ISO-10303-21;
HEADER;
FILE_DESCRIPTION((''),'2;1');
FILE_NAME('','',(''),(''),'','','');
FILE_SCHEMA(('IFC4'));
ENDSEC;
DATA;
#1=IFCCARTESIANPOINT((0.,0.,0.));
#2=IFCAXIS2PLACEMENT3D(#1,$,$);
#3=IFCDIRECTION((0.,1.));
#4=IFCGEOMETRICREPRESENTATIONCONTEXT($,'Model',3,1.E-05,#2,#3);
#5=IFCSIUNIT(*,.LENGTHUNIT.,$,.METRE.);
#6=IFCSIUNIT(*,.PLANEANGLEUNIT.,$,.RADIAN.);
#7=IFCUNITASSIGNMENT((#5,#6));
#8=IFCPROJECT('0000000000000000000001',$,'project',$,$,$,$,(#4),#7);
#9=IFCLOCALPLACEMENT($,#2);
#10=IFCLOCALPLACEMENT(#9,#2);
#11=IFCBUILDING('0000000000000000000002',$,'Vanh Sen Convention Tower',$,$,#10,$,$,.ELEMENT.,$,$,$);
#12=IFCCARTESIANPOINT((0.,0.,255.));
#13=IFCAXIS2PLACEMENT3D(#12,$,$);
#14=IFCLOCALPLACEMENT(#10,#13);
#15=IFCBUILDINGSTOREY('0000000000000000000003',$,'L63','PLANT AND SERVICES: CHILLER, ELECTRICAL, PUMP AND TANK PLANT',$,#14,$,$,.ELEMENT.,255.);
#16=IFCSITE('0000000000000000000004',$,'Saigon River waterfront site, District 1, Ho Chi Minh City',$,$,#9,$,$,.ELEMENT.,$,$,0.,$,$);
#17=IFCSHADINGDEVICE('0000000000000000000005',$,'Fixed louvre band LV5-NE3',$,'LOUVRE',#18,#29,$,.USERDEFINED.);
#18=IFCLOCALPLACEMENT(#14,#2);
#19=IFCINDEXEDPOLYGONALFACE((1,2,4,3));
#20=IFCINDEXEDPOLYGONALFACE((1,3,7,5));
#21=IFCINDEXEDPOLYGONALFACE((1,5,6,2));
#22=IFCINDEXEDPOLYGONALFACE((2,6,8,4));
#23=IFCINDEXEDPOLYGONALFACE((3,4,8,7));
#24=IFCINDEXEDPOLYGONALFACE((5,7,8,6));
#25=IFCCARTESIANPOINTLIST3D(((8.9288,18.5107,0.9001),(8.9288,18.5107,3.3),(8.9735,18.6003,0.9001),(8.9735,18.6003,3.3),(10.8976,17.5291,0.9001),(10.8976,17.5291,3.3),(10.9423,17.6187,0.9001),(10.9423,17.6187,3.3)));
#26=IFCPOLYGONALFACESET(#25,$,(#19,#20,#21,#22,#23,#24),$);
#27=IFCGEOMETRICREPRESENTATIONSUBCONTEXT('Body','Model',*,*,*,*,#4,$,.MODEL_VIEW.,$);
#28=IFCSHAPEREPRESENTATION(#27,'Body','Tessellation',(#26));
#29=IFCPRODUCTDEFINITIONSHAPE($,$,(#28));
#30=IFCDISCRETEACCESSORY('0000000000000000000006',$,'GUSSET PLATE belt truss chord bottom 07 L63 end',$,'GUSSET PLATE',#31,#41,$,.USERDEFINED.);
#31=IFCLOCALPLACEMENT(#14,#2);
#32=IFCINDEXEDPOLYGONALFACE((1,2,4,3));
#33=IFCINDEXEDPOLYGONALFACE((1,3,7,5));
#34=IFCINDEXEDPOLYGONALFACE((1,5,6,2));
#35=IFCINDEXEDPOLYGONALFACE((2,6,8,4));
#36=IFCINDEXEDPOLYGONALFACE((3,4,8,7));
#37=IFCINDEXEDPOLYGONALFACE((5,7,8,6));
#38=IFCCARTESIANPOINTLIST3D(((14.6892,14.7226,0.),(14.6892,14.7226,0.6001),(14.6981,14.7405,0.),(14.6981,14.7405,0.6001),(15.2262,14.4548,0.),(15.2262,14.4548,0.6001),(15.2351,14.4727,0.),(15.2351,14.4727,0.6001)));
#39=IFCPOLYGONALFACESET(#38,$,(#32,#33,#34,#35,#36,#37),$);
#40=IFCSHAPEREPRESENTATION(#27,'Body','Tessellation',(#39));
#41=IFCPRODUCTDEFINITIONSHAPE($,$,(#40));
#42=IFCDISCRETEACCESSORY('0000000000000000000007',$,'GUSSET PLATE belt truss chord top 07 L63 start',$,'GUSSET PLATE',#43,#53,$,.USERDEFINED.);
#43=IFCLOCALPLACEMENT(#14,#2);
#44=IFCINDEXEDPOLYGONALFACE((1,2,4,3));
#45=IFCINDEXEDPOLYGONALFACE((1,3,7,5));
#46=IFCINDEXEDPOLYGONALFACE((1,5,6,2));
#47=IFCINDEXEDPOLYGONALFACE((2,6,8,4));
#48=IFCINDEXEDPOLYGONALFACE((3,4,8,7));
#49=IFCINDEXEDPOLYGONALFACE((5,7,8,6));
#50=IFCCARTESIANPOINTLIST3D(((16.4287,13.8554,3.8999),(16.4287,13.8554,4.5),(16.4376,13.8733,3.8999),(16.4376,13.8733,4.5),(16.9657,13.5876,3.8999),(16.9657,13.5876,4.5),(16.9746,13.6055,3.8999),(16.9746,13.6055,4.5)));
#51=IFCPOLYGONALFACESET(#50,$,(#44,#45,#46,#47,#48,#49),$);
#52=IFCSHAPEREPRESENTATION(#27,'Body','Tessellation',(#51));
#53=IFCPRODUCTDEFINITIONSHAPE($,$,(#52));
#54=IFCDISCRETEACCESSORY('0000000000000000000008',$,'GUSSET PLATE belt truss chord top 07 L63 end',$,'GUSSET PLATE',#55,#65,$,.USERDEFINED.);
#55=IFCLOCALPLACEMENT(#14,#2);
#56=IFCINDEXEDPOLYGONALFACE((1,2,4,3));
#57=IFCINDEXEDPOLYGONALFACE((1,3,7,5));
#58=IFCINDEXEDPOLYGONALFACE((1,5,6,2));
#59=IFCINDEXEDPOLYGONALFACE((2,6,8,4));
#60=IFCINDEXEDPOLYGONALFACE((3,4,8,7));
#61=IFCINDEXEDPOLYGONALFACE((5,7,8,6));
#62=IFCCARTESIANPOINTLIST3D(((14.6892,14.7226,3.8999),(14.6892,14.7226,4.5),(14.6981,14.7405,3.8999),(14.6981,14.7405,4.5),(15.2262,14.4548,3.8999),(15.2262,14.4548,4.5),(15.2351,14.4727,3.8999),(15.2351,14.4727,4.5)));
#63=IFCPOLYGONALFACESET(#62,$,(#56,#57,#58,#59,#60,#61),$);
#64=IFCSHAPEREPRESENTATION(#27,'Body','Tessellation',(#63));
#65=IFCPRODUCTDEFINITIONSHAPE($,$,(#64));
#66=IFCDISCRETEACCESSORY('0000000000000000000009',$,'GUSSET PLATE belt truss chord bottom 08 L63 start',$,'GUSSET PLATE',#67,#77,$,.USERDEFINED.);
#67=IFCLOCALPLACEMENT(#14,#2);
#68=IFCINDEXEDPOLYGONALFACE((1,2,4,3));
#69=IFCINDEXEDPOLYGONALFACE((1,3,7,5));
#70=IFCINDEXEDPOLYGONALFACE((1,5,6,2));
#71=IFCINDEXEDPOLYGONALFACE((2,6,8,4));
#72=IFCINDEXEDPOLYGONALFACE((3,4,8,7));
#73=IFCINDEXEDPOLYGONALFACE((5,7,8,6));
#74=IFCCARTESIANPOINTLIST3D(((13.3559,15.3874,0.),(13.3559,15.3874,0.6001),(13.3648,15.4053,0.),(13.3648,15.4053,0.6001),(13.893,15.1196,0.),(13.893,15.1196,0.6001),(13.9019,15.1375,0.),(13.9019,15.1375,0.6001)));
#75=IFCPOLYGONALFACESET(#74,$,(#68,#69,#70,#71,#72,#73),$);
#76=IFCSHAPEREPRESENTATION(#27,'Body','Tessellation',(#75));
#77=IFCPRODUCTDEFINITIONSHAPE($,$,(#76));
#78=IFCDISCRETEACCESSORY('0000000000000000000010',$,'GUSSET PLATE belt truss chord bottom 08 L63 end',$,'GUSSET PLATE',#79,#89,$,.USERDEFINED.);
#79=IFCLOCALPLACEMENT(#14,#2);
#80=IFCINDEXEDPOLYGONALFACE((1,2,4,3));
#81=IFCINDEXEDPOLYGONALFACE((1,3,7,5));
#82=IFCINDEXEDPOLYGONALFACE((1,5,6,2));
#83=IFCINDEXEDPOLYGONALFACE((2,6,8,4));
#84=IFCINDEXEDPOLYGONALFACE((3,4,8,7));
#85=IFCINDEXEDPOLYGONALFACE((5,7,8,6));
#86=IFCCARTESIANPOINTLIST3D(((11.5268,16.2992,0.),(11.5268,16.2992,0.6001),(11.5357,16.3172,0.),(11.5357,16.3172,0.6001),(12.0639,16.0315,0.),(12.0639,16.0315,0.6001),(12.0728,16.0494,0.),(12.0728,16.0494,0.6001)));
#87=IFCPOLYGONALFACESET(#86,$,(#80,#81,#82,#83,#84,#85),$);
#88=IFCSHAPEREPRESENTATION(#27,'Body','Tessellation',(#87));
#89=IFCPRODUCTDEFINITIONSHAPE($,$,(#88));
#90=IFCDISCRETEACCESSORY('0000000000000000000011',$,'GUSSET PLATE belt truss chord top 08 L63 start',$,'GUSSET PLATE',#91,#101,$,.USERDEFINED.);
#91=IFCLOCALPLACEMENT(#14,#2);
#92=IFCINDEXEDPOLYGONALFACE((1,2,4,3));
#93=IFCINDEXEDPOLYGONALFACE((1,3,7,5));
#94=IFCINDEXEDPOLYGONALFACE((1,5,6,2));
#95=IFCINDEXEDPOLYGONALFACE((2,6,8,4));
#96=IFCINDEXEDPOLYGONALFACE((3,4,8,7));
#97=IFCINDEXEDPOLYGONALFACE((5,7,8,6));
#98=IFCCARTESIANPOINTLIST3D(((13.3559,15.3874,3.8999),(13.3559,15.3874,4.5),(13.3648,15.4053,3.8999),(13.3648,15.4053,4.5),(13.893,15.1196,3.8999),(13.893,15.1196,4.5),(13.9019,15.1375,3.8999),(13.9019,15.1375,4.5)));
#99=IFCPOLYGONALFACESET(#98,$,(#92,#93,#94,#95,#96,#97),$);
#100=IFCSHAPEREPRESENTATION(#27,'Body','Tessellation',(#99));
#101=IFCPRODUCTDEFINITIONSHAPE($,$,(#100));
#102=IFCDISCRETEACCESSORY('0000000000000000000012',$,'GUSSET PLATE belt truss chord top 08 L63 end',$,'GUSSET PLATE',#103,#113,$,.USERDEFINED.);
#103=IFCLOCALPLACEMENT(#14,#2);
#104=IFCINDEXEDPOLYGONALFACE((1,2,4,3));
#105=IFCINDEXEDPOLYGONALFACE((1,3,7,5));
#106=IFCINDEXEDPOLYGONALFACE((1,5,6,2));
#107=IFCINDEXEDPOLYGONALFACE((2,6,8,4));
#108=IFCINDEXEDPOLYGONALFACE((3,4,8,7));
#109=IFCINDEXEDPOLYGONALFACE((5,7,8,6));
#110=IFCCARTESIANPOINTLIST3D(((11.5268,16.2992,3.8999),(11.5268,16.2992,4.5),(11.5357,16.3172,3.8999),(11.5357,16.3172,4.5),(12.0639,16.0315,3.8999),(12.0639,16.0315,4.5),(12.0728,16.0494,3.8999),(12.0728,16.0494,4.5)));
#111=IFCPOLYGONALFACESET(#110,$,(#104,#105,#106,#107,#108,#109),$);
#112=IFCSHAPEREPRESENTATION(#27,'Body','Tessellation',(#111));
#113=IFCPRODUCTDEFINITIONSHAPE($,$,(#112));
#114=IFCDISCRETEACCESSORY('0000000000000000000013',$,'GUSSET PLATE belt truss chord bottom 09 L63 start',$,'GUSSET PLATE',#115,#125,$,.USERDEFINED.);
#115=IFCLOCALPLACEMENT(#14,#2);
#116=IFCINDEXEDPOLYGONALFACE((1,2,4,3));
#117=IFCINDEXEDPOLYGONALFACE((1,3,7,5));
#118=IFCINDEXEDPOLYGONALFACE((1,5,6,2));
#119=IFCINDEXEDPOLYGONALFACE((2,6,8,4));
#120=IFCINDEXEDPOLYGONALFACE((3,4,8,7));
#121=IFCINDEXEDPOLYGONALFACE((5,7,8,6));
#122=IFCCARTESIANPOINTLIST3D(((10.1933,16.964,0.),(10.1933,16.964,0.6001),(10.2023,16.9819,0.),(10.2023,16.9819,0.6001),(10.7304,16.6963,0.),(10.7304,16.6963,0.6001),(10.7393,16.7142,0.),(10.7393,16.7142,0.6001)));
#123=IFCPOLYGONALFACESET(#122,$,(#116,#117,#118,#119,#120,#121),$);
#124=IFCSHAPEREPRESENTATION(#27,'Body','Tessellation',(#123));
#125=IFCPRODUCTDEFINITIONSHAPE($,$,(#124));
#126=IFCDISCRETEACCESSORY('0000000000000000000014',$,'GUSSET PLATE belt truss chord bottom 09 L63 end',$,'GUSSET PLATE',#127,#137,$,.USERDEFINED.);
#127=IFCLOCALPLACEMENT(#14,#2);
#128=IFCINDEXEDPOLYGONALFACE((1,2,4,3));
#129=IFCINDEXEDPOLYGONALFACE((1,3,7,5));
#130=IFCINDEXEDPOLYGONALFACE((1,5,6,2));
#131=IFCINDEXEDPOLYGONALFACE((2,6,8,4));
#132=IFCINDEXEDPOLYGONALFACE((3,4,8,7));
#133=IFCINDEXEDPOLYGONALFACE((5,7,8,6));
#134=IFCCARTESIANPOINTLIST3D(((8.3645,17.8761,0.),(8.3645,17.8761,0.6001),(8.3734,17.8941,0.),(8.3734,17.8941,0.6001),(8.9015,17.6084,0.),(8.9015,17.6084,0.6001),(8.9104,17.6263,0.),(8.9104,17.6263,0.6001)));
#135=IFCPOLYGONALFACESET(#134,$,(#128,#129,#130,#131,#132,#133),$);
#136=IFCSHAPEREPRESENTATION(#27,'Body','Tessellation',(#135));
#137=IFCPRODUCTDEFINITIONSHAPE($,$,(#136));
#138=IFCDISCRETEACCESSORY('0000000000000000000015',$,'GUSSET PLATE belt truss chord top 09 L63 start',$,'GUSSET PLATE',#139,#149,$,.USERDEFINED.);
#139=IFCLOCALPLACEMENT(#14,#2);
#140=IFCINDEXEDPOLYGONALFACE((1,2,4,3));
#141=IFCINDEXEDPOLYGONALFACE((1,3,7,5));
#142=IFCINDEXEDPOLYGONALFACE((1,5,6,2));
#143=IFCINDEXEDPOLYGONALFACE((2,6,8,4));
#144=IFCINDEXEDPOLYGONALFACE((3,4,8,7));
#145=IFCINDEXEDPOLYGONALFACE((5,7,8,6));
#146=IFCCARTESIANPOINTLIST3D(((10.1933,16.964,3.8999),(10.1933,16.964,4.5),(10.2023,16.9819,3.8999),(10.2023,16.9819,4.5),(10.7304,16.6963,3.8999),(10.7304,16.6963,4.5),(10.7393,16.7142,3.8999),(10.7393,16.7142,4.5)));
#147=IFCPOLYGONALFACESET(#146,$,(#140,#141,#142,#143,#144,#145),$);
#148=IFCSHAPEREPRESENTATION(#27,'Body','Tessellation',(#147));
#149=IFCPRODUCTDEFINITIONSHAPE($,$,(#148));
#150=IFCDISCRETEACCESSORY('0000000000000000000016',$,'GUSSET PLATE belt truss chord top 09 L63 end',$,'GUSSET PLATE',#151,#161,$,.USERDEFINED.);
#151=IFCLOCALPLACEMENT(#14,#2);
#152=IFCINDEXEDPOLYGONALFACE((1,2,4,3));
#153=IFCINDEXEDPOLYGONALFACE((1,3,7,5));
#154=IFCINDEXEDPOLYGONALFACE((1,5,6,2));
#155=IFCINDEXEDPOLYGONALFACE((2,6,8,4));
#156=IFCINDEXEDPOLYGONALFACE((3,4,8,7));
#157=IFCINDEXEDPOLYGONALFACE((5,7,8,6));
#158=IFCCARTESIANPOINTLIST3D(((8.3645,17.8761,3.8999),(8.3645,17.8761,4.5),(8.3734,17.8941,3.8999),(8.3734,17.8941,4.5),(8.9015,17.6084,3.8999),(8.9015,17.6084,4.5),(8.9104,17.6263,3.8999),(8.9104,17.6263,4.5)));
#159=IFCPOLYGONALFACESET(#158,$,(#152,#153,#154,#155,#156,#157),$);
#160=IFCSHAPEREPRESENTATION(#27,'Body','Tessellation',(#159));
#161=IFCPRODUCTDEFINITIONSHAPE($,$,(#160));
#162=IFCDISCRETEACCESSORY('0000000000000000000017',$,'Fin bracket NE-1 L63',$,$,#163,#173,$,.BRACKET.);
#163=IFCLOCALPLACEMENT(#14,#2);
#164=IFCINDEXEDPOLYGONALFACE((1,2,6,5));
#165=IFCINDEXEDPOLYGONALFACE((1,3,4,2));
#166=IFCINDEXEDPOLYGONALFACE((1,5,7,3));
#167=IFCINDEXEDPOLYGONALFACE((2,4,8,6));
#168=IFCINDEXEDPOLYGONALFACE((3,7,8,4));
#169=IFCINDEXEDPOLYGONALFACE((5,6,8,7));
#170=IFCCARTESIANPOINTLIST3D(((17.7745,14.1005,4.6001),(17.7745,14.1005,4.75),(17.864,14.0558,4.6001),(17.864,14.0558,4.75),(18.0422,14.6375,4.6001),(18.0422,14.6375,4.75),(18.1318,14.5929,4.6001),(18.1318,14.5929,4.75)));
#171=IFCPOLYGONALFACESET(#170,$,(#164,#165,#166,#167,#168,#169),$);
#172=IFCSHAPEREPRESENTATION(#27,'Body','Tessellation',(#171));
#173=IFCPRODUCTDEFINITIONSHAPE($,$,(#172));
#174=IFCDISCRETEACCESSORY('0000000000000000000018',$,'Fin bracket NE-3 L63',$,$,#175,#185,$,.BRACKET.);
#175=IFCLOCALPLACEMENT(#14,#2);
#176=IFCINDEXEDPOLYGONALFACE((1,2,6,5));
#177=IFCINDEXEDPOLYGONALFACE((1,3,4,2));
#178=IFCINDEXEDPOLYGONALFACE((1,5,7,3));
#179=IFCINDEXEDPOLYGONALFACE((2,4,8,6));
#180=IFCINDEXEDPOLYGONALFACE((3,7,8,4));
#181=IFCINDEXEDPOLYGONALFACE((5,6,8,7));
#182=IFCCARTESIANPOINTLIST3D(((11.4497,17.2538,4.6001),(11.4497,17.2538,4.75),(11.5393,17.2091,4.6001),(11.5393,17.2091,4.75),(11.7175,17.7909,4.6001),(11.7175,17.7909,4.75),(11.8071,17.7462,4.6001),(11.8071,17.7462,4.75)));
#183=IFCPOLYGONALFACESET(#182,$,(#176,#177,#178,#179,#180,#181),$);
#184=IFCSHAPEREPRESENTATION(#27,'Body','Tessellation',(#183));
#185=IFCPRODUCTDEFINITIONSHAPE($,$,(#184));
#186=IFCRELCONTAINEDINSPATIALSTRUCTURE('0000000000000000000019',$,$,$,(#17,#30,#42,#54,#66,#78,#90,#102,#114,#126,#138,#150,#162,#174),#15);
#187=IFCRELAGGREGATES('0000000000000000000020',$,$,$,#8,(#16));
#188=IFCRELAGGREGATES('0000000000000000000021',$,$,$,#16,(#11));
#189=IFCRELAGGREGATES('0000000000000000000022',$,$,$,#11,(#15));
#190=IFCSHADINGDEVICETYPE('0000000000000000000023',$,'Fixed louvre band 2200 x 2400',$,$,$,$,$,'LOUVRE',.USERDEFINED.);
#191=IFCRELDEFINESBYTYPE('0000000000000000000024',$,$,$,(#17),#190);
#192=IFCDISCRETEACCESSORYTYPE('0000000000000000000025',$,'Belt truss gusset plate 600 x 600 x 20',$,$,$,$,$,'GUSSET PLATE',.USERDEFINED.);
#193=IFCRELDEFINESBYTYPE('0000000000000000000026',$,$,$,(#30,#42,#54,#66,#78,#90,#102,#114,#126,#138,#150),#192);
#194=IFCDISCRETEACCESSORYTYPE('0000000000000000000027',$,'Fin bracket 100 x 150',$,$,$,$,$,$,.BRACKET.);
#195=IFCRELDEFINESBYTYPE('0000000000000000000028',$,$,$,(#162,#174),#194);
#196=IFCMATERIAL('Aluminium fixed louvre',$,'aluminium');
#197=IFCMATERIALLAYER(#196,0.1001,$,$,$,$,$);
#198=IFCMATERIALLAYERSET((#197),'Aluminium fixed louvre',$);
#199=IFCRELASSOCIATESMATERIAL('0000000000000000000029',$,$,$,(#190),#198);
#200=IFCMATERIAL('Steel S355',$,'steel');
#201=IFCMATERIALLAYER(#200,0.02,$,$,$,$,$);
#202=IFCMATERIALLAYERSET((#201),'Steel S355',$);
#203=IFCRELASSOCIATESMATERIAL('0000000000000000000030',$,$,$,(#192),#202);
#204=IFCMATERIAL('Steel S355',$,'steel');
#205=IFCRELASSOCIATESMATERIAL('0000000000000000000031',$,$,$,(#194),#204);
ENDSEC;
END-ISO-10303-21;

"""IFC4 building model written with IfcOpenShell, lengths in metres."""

from ifc_helpers import new_model, si_unit, direction, frame, origin, origin_2d, place, context, subcontext, project, spatial, rectangle, extrude, material, layer, layer_set, type_object, element, save


model = new_model("IFC4")

# Units and contexts
model_context = context("Model", 3, precision=1e-05, world=origin(), true_north=direction((0.0, 1.0)))
body_context = subcontext(model_context, "Body", "Model", "MODEL_VIEW")
ifc_project = project(units=[si_unit("LENGTHUNIT", "METRE"), si_unit("PLANEANGLEUNIT", "RADIAN")], contexts=[model_context])

# Site, building, storey
site_placement = place(None, origin())
site = spatial("IfcSite", under=ifc_project, at=site_placement, Name="Saigon River waterfront site, District 1, Ho Chi Minh City", CompositionType="ELEMENT", RefElevation=0.0)
building_placement = place(site_placement, origin())
building = spatial("IfcBuilding", under=site, at=building_placement, Name="Vanh Sen Convention Tower", CompositionType="ELEMENT")
storey_placement = place(building_placement, frame((0.0, 0.0, 255.0)))
storey = spatial("IfcBuildingStorey", under=building, at=storey_placement, Name="L63", Description="PLANT AND SERVICES: CHILLER, ELECTRICAL, PUMP AND TANK PLANT", CompositionType="ELEMENT", Elevation=255.0)

# Shared definitions
ifc_material_1 = material(Name="Steel S355", Category="steel")

# Shading device
ifc_material_2 = material(Name="Aluminium fixed louvre", Category="aluminium")
ifc_layer_1 = layer(ifc_material_2, 0.1001)
ifc_layer_set_1 = layer_set([ifc_layer_1], Name="Aluminium fixed louvre")
shading_device_type = type_object("IfcShadingDeviceType", Name="Fixed louvre band 2200 x 2400", ElementType="LOUVRE", PredefinedType="USERDEFINED", material=ifc_layer_set_1)
for number, where, z_axis, x_axis, name in (
    (1, (9.9355, 18.0647, 0.9001), (0.0, 0.0, 1.0), (-0.894935, 0.446196, 0.0), "Fixed louvre band LV5-NE3"),
):
    element("IfcShadingDevice", number, at=place(storey_placement, frame(where, z_axis=z_axis, x_axis=x_axis)), inside=storey, type_object=shading_device_type, Name=name, ObjectType="LOUVRE", PredefinedType="USERDEFINED", context=body_context, shape_type="SweptSolid", body=[
        extrude(rectangle(XDim=2.2, YDim=0.1001, at=origin_2d()), origin(), (0.0, 0.0, 1.0), 2.3999),
    ])

# Discrete accessories
ifc_layer_2 = layer(ifc_material_1, 0.02)
ifc_layer_set_2 = layer_set([ifc_layer_2], Name="Steel S355")
discrete_accessory_type_1 = type_object("IfcDiscreteAccessoryType", Name="Belt truss gusset plate 600 x 600 x 20", ElementType="GUSSET PLATE", PredefinedType="USERDEFINED", material=ifc_layer_set_2)
for number, where, z_axis, x_axis, name in (
    (2, (14.9622, 14.5977, 0.0), (0.0, 0.0, 1.0), (0.89493, -0.446206, 0.0), "GUSSET PLATE belt truss chord bottom 07 L63 end"),
    (3, (16.7017, 13.7305, 3.8999), (0.0, 0.0, 1.0), (-0.89493, 0.446206, 0.0), "GUSSET PLATE belt truss chord top 07 L63 start"),
    (4, (14.9622, 14.5977, 3.8999), (0.0, 0.0, 1.0), (0.89493, -0.446206, 0.0), "GUSSET PLATE belt truss chord top 07 L63 end"),
    (5, (13.6289, 15.2625, 0.0), (0.0, 0.0, 1.0), (-0.894936, 0.446195, 0.0), "GUSSET PLATE belt truss chord bottom 08 L63 start"),
    (6, (11.7998, 16.1743, 0.0), (0.0, 0.0, 1.0), (0.894936, -0.446195, 0.0), "GUSSET PLATE belt truss chord bottom 08 L63 end"),
    (7, (13.6289, 15.2625, 3.8999), (0.0, 0.0, 1.0), (-0.894936, 0.446195, 0.0), "GUSSET PLATE belt truss chord top 08 L63 start"),
    (8, (11.7998, 16.1743, 3.8999), (0.0, 0.0, 1.0), (0.894936, -0.446195, 0.0), "GUSSET PLATE belt truss chord top 08 L63 end"),
    (9, (10.4663, 16.8391, 0.0), (0.0, 0.0, 1.0), (-0.894936, 0.446195, 0.0), "GUSSET PLATE belt truss chord bottom 09 L63 start"),
    (10, (8.6375, 17.7512, 0.0), (0.0, 0.0, 1.0), (0.894936, -0.446195, 0.0), "GUSSET PLATE belt truss chord bottom 09 L63 end"),
    (11, (10.4663, 16.8391, 3.8999), (0.0, 0.0, 1.0), (-0.894936, 0.446195, 0.0), "GUSSET PLATE belt truss chord top 09 L63 start"),
    (12, (8.6375, 17.7512, 3.8999), (0.0, 0.0, 1.0), (0.894936, -0.446195, 0.0), "GUSSET PLATE belt truss chord top 09 L63 end"),
):
    element("IfcDiscreteAccessory", number, at=place(storey_placement, frame(where, z_axis=z_axis, x_axis=x_axis)), inside=storey, type_object=discrete_accessory_type_1, Name=name, ObjectType="GUSSET PLATE", PredefinedType="USERDEFINED", context=body_context, shape_type="SweptSolid", body=[
        extrude(rectangle(XDim=0.6001, YDim=0.02, at=origin_2d()), origin(), (0.0, 0.0, 1.0), 0.6001),
    ])
ifc_material_3 = material(Name="Steel S355", Category="steel")
discrete_accessory_type_2 = type_object("IfcDiscreteAccessoryType", Name="Fin bracket 100 x 150", PredefinedType="BRACKET", material=ifc_material_3)
for number, where, z_axis, x_axis, name in (
    (13, (17.9531, 14.3467, 4.6001), (0.0, 0.0, 1.0), (0.446198, 0.894934, 0.0), "Fin bracket NE-1 L63"),
    (14, (11.6284, 17.5, 4.6001), (0.0, 0.0, 1.0), (0.446198, 0.894934, 0.0), "Fin bracket NE-3 L63"),
):
    element("IfcDiscreteAccessory", number, at=place(storey_placement, frame(where, z_axis=z_axis, x_axis=x_axis)), inside=storey, type_object=discrete_accessory_type_2, Name=name, PredefinedType="BRACKET", context=body_context, shape_type="SweptSolid", body=[
        extrude(rectangle(XDim=0.6001, YDim=0.1001, at=origin_2d()), origin(), (0.0, 0.0, 1.0), 0.1499),
    ])

save(model, "model.ifc")
